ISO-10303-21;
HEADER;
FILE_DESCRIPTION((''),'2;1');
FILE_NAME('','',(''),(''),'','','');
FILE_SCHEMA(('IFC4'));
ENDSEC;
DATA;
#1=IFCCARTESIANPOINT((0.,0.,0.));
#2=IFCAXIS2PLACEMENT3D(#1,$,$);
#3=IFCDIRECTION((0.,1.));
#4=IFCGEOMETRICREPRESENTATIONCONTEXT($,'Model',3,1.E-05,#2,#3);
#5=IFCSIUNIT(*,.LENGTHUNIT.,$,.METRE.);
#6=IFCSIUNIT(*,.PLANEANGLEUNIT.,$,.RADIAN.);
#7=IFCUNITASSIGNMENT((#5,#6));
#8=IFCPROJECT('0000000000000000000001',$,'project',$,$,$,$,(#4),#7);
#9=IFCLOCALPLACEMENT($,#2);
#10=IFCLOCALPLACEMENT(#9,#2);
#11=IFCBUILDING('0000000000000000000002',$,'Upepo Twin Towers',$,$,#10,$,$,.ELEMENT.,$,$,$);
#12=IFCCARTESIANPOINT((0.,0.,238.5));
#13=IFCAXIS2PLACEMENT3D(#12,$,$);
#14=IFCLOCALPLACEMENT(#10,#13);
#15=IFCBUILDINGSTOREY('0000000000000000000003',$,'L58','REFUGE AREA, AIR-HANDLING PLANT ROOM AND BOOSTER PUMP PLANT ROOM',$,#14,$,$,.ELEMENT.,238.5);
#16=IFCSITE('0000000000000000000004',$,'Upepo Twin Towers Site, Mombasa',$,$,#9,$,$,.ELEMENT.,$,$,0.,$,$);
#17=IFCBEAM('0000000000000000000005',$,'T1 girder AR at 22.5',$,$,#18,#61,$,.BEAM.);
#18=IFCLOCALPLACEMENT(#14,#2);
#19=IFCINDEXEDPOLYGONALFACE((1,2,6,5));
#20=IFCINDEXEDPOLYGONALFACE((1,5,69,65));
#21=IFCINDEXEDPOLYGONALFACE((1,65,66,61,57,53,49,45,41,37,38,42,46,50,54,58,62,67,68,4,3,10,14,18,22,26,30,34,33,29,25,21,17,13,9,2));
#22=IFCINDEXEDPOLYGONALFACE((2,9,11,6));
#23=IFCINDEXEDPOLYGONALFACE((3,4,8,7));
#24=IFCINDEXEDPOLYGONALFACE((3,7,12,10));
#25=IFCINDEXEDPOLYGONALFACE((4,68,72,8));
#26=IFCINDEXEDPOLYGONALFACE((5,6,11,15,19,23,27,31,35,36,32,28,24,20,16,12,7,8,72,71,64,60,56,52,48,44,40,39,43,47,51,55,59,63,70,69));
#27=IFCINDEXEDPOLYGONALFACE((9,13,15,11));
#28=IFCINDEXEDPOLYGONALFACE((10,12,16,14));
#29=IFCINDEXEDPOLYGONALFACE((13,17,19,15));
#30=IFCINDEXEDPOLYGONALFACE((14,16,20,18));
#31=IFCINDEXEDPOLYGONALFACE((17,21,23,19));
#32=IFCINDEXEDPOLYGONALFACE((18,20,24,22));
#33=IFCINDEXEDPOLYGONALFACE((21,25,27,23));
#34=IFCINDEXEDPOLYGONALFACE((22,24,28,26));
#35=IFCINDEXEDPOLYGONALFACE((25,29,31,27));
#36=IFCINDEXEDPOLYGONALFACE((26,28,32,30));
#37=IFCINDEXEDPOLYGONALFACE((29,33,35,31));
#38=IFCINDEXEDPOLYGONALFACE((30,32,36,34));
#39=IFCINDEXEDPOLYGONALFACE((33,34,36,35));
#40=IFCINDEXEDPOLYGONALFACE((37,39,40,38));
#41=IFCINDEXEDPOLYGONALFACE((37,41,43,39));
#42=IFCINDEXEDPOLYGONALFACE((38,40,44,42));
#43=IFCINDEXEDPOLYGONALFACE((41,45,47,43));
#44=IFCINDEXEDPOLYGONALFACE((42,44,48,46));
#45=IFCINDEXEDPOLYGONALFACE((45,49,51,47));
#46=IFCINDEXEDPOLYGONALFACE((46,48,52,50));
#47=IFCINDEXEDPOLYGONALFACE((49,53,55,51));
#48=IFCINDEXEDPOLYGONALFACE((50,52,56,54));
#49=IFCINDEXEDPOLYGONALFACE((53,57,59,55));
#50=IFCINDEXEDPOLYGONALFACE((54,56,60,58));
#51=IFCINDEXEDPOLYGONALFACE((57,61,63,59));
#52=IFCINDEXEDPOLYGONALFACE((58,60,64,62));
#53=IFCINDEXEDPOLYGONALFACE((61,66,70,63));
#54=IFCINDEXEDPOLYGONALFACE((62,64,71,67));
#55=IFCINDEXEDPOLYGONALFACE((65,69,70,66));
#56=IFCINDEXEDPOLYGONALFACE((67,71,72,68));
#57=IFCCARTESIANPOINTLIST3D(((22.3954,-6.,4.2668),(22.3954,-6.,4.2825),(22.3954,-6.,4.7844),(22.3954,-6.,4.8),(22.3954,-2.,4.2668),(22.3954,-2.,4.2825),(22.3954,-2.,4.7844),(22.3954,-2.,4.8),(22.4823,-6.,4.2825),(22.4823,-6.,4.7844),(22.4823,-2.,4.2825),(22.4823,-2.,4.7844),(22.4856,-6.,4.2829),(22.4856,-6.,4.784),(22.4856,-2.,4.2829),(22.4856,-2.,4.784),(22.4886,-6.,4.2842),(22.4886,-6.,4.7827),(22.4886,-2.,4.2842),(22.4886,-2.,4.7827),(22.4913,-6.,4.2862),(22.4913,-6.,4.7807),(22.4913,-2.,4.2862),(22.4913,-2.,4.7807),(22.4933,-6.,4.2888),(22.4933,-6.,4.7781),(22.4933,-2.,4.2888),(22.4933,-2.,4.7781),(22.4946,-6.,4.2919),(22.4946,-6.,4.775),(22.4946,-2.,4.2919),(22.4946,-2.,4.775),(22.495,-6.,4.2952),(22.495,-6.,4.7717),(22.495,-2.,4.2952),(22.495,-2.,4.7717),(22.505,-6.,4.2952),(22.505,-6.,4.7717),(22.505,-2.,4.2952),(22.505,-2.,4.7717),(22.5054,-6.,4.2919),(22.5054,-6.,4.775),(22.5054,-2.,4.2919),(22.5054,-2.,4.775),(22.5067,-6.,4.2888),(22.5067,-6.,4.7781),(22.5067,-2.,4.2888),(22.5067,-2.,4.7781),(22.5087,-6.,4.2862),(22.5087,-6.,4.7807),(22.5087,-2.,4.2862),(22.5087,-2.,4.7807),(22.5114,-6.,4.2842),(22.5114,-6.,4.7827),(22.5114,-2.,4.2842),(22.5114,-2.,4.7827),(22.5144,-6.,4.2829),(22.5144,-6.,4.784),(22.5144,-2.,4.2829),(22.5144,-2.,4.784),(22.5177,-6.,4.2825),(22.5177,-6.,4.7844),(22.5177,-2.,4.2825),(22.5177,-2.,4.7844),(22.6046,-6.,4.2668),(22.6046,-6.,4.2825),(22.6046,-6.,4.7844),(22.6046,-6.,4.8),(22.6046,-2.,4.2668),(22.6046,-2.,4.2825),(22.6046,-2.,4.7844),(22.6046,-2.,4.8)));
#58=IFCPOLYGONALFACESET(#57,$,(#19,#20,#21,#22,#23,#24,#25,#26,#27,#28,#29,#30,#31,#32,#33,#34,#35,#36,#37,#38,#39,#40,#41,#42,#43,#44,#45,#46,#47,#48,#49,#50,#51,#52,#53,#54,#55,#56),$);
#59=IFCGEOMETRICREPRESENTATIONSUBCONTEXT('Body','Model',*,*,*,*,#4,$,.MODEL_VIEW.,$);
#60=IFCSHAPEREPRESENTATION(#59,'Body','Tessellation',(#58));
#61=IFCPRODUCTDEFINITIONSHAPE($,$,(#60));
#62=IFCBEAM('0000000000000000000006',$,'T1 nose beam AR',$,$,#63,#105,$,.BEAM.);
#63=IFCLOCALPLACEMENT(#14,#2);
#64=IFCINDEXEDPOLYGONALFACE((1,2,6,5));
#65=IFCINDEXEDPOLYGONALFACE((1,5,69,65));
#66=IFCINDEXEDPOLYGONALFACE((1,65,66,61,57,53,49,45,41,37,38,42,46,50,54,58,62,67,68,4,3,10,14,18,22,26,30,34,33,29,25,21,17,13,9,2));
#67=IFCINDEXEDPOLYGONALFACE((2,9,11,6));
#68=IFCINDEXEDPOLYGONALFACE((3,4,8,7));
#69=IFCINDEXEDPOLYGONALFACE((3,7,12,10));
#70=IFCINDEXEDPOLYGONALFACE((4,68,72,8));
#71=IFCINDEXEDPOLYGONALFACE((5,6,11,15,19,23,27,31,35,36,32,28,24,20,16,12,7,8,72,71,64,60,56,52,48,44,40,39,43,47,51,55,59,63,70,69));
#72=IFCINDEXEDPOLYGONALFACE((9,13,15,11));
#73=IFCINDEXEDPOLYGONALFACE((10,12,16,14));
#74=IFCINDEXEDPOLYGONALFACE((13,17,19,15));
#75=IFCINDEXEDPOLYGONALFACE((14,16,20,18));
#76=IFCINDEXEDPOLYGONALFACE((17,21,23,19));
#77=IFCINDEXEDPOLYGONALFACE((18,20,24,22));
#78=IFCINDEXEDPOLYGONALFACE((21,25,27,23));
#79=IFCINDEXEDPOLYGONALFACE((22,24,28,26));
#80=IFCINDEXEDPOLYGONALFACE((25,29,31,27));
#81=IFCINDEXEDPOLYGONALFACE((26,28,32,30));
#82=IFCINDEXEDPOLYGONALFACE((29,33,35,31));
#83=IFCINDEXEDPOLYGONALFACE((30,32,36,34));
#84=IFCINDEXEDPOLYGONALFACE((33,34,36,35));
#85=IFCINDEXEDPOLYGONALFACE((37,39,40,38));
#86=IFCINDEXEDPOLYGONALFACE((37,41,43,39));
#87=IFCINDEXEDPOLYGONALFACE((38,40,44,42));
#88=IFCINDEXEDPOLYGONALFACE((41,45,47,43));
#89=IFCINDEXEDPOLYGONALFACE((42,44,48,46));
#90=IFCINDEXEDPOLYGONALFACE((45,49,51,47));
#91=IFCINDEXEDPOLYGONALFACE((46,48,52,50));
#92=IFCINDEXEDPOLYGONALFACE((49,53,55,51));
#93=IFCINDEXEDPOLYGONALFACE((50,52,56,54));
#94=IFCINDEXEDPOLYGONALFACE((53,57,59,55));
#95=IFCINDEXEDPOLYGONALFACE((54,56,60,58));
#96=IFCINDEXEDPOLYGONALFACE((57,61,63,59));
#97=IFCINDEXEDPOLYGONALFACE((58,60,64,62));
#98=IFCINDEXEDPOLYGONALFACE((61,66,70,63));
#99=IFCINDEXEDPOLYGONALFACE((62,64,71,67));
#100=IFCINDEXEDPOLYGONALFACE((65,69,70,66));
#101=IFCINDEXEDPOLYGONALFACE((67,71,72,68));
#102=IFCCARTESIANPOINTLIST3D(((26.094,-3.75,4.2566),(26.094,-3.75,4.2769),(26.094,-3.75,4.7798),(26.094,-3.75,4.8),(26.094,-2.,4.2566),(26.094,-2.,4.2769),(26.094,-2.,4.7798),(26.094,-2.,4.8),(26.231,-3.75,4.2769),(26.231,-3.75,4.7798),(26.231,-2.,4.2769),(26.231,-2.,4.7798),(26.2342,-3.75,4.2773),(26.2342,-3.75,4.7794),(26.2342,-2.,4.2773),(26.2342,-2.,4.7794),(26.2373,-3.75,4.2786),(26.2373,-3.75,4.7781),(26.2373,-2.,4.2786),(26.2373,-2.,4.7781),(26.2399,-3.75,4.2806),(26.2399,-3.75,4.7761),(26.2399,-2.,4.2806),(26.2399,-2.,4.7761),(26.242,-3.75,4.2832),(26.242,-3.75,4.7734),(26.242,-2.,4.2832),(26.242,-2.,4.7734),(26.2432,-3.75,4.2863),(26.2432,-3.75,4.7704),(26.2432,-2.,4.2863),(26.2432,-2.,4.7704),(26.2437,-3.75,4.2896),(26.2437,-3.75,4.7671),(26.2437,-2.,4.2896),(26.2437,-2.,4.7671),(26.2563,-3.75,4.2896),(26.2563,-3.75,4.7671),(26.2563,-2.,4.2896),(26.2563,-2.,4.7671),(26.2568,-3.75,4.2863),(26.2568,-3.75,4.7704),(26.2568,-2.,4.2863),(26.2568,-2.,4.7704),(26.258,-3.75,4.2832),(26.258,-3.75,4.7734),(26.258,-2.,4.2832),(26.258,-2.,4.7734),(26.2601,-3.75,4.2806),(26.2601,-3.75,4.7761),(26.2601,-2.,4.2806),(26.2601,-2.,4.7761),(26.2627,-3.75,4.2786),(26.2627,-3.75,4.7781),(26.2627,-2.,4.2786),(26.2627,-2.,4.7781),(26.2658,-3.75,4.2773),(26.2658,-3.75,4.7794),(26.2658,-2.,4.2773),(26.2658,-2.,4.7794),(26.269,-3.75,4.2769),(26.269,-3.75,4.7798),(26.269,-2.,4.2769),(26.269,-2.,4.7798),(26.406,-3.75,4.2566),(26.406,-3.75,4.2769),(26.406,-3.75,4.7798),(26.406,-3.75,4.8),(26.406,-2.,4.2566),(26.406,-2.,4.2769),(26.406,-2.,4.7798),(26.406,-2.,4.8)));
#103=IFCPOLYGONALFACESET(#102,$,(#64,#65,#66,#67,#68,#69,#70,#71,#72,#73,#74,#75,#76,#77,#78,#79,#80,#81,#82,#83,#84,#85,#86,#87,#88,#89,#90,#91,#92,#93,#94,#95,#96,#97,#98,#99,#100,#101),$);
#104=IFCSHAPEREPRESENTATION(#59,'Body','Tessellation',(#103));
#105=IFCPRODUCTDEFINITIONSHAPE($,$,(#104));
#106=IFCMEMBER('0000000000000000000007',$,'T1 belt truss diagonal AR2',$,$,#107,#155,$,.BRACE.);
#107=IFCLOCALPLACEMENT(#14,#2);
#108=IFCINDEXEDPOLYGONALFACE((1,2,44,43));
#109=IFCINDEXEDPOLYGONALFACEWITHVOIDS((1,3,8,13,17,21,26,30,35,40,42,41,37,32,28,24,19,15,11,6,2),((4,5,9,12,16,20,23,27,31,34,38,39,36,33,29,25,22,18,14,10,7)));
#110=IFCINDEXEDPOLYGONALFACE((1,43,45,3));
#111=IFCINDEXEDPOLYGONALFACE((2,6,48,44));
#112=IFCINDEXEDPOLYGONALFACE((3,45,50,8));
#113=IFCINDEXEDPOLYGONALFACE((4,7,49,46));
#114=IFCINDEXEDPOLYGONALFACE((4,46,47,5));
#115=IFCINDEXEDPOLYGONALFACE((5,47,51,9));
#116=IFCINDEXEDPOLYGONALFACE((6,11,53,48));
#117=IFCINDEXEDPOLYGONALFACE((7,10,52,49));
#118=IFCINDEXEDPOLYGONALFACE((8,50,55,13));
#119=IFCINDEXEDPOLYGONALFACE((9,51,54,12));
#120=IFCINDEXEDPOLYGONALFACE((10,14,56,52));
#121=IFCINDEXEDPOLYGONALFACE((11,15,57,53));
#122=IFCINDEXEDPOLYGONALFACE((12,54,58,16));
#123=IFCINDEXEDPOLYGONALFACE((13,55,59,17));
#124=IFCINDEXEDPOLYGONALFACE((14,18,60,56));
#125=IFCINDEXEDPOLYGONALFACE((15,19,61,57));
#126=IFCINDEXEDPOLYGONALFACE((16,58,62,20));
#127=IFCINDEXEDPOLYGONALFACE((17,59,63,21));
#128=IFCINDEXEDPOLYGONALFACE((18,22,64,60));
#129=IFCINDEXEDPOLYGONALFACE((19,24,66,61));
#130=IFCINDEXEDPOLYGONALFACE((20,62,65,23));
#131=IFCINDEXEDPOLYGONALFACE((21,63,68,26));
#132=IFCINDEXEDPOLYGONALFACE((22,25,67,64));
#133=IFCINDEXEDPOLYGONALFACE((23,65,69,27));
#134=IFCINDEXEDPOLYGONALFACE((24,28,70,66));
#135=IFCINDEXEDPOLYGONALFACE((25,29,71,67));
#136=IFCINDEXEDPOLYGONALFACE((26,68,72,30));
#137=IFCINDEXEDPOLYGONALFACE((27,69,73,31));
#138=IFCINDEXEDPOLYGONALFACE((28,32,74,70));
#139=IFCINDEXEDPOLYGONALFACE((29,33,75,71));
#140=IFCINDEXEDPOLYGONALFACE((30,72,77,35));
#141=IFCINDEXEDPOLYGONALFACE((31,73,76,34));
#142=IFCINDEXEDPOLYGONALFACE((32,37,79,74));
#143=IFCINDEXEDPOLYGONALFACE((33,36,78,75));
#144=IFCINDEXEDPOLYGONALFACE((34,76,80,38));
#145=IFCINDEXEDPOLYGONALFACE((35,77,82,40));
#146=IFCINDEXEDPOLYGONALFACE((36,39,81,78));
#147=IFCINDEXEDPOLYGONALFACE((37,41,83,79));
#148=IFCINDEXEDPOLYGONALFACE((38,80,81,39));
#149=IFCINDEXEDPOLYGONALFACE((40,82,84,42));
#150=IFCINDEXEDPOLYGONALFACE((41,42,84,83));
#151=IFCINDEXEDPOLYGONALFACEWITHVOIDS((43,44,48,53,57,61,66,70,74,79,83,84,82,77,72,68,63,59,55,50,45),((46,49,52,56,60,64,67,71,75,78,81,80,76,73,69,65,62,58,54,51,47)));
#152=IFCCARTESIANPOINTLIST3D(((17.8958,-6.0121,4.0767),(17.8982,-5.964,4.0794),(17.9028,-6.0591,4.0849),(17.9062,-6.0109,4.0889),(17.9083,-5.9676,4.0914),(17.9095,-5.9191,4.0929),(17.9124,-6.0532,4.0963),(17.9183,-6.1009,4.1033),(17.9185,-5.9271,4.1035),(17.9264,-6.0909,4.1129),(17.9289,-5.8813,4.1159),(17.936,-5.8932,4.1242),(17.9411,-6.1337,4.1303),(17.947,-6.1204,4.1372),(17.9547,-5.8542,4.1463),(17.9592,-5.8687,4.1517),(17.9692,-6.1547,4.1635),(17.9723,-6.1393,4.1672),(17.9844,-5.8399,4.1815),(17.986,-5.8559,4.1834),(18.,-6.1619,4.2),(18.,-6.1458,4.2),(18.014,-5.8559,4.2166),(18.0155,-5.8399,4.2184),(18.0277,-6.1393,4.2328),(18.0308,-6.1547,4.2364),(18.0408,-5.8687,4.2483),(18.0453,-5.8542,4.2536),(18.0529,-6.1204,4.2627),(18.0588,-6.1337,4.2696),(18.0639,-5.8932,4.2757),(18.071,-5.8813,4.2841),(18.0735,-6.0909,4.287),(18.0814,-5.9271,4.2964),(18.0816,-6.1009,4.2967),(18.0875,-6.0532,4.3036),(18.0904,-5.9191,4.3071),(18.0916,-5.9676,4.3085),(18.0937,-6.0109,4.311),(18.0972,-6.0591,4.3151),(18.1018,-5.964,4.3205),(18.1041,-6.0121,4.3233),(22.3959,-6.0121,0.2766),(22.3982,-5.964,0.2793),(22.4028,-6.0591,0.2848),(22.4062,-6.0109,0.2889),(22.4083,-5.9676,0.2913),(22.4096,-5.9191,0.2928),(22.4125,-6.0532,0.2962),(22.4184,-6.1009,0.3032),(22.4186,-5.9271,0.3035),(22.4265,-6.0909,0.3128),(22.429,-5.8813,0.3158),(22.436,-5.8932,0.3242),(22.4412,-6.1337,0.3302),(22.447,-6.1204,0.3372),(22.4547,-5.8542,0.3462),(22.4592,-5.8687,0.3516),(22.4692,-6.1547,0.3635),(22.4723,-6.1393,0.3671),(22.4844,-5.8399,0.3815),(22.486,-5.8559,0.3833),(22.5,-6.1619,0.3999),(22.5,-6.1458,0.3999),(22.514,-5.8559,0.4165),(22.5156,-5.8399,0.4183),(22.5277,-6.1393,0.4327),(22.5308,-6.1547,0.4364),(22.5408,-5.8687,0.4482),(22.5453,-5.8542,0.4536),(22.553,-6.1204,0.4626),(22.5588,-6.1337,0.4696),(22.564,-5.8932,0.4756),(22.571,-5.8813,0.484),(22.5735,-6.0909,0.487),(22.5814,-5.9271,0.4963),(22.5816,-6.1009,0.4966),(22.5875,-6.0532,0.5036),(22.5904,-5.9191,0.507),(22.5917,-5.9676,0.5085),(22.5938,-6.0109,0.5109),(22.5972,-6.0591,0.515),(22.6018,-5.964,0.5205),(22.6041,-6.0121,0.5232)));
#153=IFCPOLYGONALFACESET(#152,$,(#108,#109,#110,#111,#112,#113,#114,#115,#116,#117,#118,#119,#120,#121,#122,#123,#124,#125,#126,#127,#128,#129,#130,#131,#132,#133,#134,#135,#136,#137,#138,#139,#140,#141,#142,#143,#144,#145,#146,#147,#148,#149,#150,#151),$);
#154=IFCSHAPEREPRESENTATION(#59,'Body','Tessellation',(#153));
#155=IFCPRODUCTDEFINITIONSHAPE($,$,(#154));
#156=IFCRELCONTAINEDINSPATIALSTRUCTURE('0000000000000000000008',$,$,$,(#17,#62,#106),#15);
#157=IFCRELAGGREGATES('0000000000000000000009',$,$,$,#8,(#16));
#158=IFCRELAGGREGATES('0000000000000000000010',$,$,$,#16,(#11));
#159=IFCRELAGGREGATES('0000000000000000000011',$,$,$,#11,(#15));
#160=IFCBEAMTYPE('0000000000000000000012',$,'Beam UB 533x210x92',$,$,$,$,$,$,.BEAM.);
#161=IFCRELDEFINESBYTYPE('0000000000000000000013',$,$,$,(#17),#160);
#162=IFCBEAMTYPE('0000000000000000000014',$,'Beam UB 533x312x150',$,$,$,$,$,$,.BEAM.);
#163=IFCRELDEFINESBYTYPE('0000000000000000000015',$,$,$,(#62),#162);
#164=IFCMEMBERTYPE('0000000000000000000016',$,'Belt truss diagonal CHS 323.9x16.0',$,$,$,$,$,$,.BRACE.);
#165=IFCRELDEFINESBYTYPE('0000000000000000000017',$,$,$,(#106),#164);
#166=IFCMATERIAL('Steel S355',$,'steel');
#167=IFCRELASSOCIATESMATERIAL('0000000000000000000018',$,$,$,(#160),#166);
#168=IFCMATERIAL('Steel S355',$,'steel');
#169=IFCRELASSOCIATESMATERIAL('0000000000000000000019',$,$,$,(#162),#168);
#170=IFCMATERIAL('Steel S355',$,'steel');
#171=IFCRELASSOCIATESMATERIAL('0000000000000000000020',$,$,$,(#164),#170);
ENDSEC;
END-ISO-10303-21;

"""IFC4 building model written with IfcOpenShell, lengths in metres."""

from ifc_helpers import new_model, si_unit, direction, frame, origin, origin_2d, place, context, subcontext, project, spatial, hollow_circle, i_section, extrude, material, material_profile, profile_set, type_object, element, save


model = new_model("IFC4")

# Units and contexts
model_context = context("Model", 3, precision=1e-05, world=origin(), true_north=direction((0.0, 1.0)))
body_context = subcontext(model_context, "Body", "Model", "MODEL_VIEW")
ifc_project = project(units=[si_unit("LENGTHUNIT", "METRE"), si_unit("PLANEANGLEUNIT", "RADIAN")], contexts=[model_context])

# Site, building, storey
site_placement = place(None, origin())
site = spatial("IfcSite", under=ifc_project, at=site_placement, Name="Upepo Twin Towers Site, Mombasa", CompositionType="ELEMENT", RefElevation=0.0)
building_placement = place(site_placement, origin())
building = spatial("IfcBuilding", under=site, at=building_placement, Name="Upepo Twin Towers", CompositionType="ELEMENT")
storey_placement = place(building_placement, frame((0.0, 0.0, 238.5)))
storey = spatial("IfcBuildingStorey", under=building, at=storey_placement, Name="L58", Description="REFUGE AREA, AIR-HANDLING PLANT ROOM AND BOOSTER PUMP PLANT ROOM", CompositionType="ELEMENT", Elevation=238.5)

# Beams
ifc_material_1 = material(Name="Steel S355", Category="steel")
ifc_material_profile_1 = material_profile(ifc_material_1, i_section(OverallWidth=0.2092, OverallDepth=0.5332, WebThickness=0.01, FlangeThickness=0.0156, FilletRadius=0.0127, at=origin_2d()), Name="UB 533x210x92")
ifc_profile_set_1 = profile_set([ifc_material_profile_1], Name="Steel S355")
beam_type_1 = type_object("IfcBeamType", Name="Beam UB 533x210x92", PredefinedType="BEAM", material=ifc_profile_set_1)
for number, where, z_axis, x_axis, name in (
    (1, (22.5, -6.0, 4.5334), (0.0, 1.0, 0.0), (-1.0, 0.0, 0.0), "T1 girder AR at 22.5"),
):
    element("IfcBeam", number, at=place(storey_placement, frame(where, z_axis=z_axis, x_axis=x_axis)), inside=storey, type_object=beam_type_1, Name=name, PredefinedType="BEAM", context=body_context, shape_type="SweptSolid", body=[
        extrude(i_section(OverallWidth=0.2092, OverallDepth=0.5332, WebThickness=0.01, FlangeThickness=0.0156, FilletRadius=0.0127, at=origin_2d()), origin(), (0.0, 0.0, 1.0), 4.0),
    ])
ifc_material_2 = material(Name="Steel S355", Category="steel")
ifc_material_profile_2 = material_profile(ifc_material_2, i_section(OverallWidth=0.312, OverallDepth=0.5435, WebThickness=0.0127, FlangeThickness=0.0203, FilletRadius=0.0127, at=origin_2d()), Name="UB 533x312x150")
ifc_profile_set_2 = profile_set([ifc_material_profile_2], Name="Steel S355")
beam_type_2 = type_object("IfcBeamType", Name="Beam UB 533x312x150", PredefinedType="BEAM", material=ifc_profile_set_2)
beam_1_placement = place(storey_placement, frame((26.25, -3.75, 4.5283), z_axis=(0.0, 1.0, 0.0), x_axis=(-1.0, 0.0, 0.0)))
element("IfcBeam", 2, at=beam_1_placement, inside=storey, type_object=beam_type_2, Name="T1 nose beam AR", PredefinedType="BEAM", context=body_context, shape_type="SweptSolid", body=[
    extrude(i_section(OverallWidth=0.312, OverallDepth=0.5435, WebThickness=0.0127, FlangeThickness=0.0203, FilletRadius=0.0127, at=origin_2d()), origin(), (0.0, 0.0, 1.0), 1.75),
])

# Member
ifc_material_3 = material(Name="Steel S355", Category="steel")
ifc_material_profile_3 = material_profile(ifc_material_3, hollow_circle(Radius=0.1619, WallThickness=0.0161, at=origin_2d()), Name="CHS 323.9x16.0")
ifc_profile_set_3 = profile_set([ifc_material_profile_3], Name="Steel S355")
member_type_1 = type_object("IfcMemberType", Name="Belt truss diagonal CHS 323.9x16.0", PredefinedType="BRACE", material=ifc_profile_set_3)
member_1_placement = place(storey_placement, frame((22.5, -6.0, 0.3999), z_axis=(-0.764026, 0.0, 0.645186), x_axis=(0.0, -1.0, 0.0)))
element("IfcMember", 3, at=member_1_placement, inside=storey, type_object=member_type_1, Name="T1 belt truss diagonal AR2", PredefinedType="BRACE", context=body_context, shape_type="SweptSolid", body=[
    extrude(hollow_circle(Radius=0.1619, WallThickness=0.0161, at=origin_2d()), origin(), (0.0, 0.0, 1.0), 5.8899),
])

save(model, "model.ifc")
